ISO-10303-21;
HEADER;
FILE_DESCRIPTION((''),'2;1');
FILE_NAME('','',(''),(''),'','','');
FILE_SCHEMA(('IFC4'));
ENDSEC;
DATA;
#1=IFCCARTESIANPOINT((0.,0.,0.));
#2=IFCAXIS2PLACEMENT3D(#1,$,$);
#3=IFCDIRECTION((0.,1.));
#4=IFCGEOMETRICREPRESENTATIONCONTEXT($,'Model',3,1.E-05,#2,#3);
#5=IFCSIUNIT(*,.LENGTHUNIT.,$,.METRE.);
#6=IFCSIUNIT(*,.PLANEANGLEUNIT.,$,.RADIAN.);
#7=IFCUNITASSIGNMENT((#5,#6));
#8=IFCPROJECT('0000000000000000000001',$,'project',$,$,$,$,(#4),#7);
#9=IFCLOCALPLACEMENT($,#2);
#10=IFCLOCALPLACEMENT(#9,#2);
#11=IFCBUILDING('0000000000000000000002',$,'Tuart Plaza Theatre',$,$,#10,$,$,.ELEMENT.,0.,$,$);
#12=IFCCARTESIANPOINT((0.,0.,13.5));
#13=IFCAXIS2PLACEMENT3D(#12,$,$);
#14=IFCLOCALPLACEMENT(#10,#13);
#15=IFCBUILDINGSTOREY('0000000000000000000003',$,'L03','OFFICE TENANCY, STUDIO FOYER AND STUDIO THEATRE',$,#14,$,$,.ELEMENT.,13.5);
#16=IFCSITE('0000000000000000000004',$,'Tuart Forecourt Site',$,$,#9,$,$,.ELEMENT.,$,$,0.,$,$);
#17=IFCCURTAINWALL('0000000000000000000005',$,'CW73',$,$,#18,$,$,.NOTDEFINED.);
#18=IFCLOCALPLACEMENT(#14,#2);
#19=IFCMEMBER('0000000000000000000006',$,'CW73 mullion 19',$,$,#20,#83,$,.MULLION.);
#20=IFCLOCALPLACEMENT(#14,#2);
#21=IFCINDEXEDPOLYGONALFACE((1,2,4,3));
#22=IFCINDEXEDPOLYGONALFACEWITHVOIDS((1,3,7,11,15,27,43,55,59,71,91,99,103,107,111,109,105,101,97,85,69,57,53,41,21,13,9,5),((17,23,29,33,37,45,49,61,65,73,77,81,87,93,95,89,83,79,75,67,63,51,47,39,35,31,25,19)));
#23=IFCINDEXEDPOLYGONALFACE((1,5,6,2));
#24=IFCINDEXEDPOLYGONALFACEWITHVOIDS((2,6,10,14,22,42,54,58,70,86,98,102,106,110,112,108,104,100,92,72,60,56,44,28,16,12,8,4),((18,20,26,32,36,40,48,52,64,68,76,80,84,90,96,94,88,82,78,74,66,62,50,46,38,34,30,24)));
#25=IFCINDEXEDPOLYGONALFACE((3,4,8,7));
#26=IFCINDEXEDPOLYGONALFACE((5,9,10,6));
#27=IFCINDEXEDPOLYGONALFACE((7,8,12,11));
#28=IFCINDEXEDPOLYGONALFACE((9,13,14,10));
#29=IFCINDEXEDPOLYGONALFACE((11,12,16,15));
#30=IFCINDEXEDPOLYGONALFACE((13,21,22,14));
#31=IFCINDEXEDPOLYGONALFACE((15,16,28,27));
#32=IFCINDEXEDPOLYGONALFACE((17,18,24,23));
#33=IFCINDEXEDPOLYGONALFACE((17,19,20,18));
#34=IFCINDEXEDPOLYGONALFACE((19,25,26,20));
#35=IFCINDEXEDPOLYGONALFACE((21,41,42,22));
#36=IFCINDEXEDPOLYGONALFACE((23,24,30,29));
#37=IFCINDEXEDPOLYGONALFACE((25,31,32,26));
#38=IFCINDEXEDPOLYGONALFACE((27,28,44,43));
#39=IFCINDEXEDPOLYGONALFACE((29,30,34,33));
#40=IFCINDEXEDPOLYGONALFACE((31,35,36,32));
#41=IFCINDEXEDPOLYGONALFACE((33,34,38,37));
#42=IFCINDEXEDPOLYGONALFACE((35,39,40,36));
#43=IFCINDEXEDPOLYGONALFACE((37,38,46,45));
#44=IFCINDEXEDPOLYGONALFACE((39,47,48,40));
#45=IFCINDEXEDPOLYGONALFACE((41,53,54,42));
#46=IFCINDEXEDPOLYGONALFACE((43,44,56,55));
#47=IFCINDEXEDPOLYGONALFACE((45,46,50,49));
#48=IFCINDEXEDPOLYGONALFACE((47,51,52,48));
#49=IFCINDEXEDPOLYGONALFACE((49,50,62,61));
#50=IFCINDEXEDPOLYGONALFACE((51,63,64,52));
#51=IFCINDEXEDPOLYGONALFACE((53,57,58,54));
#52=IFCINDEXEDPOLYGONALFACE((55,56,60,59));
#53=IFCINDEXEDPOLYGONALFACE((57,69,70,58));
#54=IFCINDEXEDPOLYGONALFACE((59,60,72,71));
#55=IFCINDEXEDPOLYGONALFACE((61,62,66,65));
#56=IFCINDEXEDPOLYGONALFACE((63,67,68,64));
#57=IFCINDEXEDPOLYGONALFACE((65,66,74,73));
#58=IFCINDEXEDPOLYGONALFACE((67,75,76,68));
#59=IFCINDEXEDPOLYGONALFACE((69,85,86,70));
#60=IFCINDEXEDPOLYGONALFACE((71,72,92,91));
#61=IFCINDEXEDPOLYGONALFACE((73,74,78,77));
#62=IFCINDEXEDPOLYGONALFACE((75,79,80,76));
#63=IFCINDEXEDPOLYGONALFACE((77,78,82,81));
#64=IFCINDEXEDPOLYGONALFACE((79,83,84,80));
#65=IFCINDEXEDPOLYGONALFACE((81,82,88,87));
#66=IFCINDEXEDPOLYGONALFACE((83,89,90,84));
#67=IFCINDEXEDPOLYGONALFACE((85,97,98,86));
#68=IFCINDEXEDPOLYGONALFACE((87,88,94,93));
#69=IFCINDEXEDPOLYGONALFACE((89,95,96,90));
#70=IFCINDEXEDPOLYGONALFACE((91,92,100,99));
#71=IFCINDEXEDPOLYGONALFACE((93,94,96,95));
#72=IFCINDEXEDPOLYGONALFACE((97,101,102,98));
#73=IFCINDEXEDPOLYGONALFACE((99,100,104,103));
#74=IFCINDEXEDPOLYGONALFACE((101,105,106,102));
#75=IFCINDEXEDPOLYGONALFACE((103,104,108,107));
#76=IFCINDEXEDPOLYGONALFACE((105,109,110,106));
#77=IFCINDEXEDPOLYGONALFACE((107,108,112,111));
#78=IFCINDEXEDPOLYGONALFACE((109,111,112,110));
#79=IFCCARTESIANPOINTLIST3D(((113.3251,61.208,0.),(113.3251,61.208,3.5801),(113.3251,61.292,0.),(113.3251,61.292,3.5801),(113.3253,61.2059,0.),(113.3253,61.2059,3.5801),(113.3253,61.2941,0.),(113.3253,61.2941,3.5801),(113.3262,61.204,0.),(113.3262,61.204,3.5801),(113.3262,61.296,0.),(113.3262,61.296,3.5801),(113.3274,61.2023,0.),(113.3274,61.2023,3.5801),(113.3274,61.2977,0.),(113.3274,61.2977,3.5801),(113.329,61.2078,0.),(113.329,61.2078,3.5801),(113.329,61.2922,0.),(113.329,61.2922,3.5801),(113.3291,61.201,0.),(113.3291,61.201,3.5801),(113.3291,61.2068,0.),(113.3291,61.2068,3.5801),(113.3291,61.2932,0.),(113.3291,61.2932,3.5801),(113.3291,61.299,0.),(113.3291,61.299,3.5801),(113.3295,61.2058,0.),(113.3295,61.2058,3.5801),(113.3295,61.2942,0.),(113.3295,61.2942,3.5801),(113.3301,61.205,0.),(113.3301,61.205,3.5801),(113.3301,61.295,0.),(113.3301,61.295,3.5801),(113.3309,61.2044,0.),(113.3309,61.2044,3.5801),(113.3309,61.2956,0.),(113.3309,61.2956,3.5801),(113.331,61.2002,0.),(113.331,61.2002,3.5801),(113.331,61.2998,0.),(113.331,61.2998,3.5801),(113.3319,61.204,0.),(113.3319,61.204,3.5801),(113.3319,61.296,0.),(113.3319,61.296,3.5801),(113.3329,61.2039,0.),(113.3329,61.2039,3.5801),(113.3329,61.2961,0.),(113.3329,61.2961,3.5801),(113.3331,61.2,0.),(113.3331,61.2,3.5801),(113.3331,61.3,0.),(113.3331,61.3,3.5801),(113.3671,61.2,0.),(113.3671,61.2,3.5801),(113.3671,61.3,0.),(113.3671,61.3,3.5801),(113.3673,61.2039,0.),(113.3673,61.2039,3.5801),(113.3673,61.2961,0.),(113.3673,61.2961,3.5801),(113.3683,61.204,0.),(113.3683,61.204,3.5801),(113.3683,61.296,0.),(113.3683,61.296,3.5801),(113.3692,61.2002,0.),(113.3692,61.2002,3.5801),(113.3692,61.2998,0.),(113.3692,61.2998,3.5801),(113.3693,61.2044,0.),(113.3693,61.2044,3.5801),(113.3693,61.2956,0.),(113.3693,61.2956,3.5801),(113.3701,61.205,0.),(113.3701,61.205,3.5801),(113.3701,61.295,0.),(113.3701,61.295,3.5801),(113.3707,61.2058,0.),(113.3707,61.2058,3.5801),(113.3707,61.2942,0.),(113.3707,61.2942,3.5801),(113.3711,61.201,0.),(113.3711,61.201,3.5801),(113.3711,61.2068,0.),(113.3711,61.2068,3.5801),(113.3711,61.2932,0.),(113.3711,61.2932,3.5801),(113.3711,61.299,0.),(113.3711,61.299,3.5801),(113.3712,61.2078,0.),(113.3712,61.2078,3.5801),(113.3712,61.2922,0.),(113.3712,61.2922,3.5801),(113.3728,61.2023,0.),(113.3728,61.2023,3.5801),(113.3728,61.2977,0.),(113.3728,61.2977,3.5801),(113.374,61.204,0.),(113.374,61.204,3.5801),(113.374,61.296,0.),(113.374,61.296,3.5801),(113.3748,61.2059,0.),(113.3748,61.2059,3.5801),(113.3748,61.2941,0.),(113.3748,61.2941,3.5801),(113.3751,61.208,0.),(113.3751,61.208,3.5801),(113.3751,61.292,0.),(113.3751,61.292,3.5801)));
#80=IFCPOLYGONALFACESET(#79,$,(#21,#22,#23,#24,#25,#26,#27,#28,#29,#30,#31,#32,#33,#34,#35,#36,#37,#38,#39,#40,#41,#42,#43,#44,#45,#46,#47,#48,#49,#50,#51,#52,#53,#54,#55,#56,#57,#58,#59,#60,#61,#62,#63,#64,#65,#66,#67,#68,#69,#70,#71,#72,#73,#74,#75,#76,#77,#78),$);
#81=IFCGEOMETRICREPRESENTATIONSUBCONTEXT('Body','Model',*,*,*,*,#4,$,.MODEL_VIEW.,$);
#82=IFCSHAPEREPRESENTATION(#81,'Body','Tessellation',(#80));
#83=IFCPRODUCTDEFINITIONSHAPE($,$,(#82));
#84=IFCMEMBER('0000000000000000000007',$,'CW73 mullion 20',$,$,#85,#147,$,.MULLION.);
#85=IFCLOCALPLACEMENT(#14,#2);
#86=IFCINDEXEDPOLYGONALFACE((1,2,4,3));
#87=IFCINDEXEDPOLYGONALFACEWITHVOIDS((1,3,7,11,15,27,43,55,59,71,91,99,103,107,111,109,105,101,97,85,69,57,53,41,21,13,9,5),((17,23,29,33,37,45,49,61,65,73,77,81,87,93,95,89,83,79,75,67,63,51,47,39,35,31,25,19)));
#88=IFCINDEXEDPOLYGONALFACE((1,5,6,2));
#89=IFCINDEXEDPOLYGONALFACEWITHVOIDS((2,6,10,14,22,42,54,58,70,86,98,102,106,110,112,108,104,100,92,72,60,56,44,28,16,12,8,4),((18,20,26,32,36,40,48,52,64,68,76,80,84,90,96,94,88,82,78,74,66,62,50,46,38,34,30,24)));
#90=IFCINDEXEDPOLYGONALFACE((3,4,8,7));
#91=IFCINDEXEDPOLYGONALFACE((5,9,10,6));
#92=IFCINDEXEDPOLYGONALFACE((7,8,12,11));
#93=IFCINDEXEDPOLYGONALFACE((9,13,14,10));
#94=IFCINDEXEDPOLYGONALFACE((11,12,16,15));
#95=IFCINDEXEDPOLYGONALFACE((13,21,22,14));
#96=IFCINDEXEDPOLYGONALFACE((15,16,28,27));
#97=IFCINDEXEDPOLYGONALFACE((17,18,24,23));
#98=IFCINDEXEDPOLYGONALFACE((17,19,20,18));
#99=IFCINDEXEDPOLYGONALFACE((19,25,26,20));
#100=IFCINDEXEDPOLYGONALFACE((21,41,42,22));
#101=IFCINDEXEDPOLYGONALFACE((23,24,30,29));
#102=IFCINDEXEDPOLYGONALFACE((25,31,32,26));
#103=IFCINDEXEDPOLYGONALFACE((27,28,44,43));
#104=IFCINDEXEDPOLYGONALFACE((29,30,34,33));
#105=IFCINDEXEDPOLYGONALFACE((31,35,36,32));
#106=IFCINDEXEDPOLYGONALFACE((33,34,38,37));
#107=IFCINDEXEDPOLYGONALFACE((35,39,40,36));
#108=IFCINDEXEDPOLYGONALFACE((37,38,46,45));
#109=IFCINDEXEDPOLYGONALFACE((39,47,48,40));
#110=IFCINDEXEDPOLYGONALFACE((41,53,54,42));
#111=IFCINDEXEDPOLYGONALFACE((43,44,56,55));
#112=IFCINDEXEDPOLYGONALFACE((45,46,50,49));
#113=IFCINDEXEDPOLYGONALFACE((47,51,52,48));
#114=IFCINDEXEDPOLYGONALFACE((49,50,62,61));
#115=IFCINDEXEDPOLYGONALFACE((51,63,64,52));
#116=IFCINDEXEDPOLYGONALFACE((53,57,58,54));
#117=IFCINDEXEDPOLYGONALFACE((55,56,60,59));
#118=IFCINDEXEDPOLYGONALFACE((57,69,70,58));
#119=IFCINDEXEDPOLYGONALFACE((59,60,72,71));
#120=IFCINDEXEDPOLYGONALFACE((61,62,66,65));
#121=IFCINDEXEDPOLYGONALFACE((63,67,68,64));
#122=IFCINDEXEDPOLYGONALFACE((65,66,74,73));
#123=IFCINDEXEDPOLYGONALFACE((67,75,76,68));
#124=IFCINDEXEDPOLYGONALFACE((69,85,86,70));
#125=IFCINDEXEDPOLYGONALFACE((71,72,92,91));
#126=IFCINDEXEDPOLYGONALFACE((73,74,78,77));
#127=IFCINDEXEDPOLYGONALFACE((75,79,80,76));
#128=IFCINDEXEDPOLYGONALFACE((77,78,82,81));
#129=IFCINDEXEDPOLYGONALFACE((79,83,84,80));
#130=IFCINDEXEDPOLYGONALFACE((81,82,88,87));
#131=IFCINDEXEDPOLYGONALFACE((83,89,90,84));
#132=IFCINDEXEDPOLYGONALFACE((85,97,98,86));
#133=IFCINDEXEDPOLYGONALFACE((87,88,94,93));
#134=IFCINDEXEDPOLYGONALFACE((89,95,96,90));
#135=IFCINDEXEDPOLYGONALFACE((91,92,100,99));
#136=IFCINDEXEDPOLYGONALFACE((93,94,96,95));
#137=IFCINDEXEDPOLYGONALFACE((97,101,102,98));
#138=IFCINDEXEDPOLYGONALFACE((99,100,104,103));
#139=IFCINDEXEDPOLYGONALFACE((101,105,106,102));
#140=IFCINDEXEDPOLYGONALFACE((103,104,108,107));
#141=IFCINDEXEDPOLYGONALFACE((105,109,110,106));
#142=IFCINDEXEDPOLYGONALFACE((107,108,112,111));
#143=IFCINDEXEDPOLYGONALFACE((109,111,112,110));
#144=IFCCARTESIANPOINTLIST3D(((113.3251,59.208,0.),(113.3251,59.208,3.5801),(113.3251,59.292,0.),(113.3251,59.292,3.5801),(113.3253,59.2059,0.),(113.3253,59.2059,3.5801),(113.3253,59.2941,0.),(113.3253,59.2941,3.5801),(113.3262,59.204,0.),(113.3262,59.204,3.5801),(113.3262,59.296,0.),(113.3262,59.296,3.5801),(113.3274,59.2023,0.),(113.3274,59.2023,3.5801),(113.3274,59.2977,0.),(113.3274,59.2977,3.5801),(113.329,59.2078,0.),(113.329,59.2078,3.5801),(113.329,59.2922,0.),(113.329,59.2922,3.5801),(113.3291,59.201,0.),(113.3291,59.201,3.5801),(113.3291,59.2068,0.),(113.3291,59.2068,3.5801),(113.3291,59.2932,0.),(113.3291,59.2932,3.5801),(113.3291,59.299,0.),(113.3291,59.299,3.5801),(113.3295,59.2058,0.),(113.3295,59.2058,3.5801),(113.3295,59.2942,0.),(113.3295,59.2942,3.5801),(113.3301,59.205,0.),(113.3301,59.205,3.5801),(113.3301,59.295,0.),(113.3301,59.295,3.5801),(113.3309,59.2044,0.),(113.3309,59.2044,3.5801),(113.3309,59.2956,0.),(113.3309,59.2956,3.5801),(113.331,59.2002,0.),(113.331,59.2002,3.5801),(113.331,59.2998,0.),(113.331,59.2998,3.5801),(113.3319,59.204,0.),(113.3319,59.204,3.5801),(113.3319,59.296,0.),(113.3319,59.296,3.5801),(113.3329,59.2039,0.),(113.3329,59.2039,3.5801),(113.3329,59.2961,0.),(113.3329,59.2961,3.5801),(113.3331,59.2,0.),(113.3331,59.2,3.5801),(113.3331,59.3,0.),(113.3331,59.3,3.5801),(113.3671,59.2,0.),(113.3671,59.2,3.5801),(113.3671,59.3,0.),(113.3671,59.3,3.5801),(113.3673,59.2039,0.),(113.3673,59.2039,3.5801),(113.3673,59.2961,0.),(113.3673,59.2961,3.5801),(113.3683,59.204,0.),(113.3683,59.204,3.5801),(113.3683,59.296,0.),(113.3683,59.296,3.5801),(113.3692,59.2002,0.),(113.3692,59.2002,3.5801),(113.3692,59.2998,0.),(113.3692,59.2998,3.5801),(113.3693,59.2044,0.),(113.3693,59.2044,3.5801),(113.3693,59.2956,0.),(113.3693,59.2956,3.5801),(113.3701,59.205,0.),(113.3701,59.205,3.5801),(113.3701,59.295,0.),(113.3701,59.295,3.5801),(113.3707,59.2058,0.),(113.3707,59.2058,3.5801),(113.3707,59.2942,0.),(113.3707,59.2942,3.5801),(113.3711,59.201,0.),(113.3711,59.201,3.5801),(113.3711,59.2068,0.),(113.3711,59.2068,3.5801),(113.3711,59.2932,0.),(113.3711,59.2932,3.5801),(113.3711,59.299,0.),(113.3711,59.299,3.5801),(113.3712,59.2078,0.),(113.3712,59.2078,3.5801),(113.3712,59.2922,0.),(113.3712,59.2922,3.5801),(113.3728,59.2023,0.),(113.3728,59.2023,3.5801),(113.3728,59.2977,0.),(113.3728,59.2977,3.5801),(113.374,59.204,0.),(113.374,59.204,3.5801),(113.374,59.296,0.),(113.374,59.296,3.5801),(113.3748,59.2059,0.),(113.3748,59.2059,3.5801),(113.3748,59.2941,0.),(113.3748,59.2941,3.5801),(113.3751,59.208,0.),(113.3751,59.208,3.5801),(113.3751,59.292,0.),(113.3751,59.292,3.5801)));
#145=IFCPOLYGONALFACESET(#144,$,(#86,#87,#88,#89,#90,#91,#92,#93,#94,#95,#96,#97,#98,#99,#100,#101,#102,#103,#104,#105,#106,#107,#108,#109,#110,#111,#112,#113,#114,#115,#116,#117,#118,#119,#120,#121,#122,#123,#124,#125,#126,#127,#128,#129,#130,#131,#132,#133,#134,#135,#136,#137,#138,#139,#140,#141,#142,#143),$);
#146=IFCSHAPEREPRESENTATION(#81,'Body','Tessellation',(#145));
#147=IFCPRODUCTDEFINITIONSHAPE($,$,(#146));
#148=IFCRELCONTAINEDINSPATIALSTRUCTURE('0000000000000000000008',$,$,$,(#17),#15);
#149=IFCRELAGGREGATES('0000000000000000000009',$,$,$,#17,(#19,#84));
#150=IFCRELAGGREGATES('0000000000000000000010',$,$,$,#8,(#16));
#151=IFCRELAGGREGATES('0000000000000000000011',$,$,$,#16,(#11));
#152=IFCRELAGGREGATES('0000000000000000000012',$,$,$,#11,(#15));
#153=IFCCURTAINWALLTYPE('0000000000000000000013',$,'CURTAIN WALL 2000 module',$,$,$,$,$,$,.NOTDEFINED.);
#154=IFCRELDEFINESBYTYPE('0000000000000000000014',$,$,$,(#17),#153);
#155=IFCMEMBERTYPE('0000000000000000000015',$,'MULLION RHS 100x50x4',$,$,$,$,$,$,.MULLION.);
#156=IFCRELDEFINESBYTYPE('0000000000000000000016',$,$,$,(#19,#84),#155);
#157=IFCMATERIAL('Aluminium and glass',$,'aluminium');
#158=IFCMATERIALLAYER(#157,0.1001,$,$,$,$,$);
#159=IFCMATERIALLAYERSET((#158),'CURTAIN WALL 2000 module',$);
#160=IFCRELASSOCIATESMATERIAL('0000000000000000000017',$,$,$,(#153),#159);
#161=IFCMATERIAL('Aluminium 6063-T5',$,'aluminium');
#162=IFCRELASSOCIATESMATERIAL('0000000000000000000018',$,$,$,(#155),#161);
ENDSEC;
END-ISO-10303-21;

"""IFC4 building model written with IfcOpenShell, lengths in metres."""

from ifc_helpers import new_model, si_unit, direction, frame, origin, origin_2d, place, context, subcontext, project, spatial, hollow_rectangle, extrude, material, layer, layer_set, material_profile, profile_set, type_object, element, aggregate, save


model = new_model("IFC4")

# Units and contexts
model_context = context("Model", 3, precision=1e-05, world=origin(), true_north=direction((0.0, 1.0)))
body_context = subcontext(model_context, "Body", "Model", "MODEL_VIEW")
ifc_project = project(units=[si_unit("LENGTHUNIT", "METRE"), si_unit("PLANEANGLEUNIT", "RADIAN")], contexts=[model_context])

# Site, building, storey
site_placement = place(None, origin())
site = spatial("IfcSite", under=ifc_project, at=site_placement, Name="Tuart Forecourt Site", CompositionType="ELEMENT", RefElevation=0.0)
building_placement = place(site_placement, origin())
building = spatial("IfcBuilding", under=site, at=building_placement, Name="Tuart Plaza Theatre", CompositionType="ELEMENT", ElevationOfRefHeight=0.0)
storey_placement = place(building_placement, frame((0.0, 0.0, 13.5)))
storey = spatial("IfcBuildingStorey", under=building, at=storey_placement, Name="L03", Description="OFFICE TENANCY, STUDIO FOYER AND STUDIO THEATRE", CompositionType="ELEMENT", Elevation=13.5)

# Curtain wall, members
ifc_material_1 = material(Name="Aluminium and glass", Category="aluminium")
ifc_layer_1 = layer(ifc_material_1, 0.1001)
ifc_layer_set_1 = layer_set([ifc_layer_1], Name="CURTAIN WALL 2000 module")
curtain_wall_type = type_object("IfcCurtainWallType", Name="CURTAIN WALL 2000 module", PredefinedType="NOTDEFINED", material=ifc_layer_set_1)
curtain_wall_placement = place(storey_placement, origin())
curtain_wall = element("IfcCurtainWall", 1, at=curtain_wall_placement, inside=storey, type_object=curtain_wall_type, Name="CW73", PredefinedType="NOTDEFINED")
ifc_material_2 = material(Name="Aluminium 6063-T5", Category="aluminium")
ifc_material_profile_1 = material_profile(ifc_material_2, hollow_rectangle(XDim=0.05, YDim=0.1001, WallThickness=0.0039, InnerFilletRadius=0.0039, OuterFilletRadius=0.0081, at=origin_2d()), Name="RHS 100x50x4")
ifc_profile_set_1 = profile_set([ifc_material_profile_1], Name="Aluminium 6063-T5")
member_type_1 = type_object("IfcMemberType", Name="MULLION RHS 100x50x4", PredefinedType="MULLION", material=ifc_profile_set_1)
member_1_placement = place(storey_placement, frame((113.3501, 61.25, 0.0), z_axis=(0.0, 0.0, 1.0), x_axis=(1.0, 0.0, 0.0)))
member_1 = element("IfcMember", 2, at=member_1_placement, type_object=member_type_1, Name="CW73 mullion 19", PredefinedType="MULLION", context=body_context, shape_type="SweptSolid", body=[
    extrude(hollow_rectangle(XDim=0.05, YDim=0.1001, WallThickness=0.0039, InnerFilletRadius=0.0039, OuterFilletRadius=0.0081, at=origin_2d()), origin(), (0.0, 0.0, 1.0), 3.5801),
])
member_2_placement = place(storey_placement, frame((113.3501, 59.25, 0.0), z_axis=(0.0, 0.0, 1.0), x_axis=(1.0, 0.0, 0.0)))
member_2 = element("IfcMember", 3, at=member_2_placement, type_object=member_type_1, Name="CW73 mullion 20", PredefinedType="MULLION", context=body_context, shape_type="SweptSolid", body=[
    extrude(hollow_rectangle(XDim=0.05, YDim=0.1001, WallThickness=0.0039, InnerFilletRadius=0.0039, OuterFilletRadius=0.0081, at=origin_2d()), origin(), (0.0, 0.0, 1.0), 3.5801),
])
aggregate(curtain_wall, [member_1, member_2])

save(model, "model.ifc")
